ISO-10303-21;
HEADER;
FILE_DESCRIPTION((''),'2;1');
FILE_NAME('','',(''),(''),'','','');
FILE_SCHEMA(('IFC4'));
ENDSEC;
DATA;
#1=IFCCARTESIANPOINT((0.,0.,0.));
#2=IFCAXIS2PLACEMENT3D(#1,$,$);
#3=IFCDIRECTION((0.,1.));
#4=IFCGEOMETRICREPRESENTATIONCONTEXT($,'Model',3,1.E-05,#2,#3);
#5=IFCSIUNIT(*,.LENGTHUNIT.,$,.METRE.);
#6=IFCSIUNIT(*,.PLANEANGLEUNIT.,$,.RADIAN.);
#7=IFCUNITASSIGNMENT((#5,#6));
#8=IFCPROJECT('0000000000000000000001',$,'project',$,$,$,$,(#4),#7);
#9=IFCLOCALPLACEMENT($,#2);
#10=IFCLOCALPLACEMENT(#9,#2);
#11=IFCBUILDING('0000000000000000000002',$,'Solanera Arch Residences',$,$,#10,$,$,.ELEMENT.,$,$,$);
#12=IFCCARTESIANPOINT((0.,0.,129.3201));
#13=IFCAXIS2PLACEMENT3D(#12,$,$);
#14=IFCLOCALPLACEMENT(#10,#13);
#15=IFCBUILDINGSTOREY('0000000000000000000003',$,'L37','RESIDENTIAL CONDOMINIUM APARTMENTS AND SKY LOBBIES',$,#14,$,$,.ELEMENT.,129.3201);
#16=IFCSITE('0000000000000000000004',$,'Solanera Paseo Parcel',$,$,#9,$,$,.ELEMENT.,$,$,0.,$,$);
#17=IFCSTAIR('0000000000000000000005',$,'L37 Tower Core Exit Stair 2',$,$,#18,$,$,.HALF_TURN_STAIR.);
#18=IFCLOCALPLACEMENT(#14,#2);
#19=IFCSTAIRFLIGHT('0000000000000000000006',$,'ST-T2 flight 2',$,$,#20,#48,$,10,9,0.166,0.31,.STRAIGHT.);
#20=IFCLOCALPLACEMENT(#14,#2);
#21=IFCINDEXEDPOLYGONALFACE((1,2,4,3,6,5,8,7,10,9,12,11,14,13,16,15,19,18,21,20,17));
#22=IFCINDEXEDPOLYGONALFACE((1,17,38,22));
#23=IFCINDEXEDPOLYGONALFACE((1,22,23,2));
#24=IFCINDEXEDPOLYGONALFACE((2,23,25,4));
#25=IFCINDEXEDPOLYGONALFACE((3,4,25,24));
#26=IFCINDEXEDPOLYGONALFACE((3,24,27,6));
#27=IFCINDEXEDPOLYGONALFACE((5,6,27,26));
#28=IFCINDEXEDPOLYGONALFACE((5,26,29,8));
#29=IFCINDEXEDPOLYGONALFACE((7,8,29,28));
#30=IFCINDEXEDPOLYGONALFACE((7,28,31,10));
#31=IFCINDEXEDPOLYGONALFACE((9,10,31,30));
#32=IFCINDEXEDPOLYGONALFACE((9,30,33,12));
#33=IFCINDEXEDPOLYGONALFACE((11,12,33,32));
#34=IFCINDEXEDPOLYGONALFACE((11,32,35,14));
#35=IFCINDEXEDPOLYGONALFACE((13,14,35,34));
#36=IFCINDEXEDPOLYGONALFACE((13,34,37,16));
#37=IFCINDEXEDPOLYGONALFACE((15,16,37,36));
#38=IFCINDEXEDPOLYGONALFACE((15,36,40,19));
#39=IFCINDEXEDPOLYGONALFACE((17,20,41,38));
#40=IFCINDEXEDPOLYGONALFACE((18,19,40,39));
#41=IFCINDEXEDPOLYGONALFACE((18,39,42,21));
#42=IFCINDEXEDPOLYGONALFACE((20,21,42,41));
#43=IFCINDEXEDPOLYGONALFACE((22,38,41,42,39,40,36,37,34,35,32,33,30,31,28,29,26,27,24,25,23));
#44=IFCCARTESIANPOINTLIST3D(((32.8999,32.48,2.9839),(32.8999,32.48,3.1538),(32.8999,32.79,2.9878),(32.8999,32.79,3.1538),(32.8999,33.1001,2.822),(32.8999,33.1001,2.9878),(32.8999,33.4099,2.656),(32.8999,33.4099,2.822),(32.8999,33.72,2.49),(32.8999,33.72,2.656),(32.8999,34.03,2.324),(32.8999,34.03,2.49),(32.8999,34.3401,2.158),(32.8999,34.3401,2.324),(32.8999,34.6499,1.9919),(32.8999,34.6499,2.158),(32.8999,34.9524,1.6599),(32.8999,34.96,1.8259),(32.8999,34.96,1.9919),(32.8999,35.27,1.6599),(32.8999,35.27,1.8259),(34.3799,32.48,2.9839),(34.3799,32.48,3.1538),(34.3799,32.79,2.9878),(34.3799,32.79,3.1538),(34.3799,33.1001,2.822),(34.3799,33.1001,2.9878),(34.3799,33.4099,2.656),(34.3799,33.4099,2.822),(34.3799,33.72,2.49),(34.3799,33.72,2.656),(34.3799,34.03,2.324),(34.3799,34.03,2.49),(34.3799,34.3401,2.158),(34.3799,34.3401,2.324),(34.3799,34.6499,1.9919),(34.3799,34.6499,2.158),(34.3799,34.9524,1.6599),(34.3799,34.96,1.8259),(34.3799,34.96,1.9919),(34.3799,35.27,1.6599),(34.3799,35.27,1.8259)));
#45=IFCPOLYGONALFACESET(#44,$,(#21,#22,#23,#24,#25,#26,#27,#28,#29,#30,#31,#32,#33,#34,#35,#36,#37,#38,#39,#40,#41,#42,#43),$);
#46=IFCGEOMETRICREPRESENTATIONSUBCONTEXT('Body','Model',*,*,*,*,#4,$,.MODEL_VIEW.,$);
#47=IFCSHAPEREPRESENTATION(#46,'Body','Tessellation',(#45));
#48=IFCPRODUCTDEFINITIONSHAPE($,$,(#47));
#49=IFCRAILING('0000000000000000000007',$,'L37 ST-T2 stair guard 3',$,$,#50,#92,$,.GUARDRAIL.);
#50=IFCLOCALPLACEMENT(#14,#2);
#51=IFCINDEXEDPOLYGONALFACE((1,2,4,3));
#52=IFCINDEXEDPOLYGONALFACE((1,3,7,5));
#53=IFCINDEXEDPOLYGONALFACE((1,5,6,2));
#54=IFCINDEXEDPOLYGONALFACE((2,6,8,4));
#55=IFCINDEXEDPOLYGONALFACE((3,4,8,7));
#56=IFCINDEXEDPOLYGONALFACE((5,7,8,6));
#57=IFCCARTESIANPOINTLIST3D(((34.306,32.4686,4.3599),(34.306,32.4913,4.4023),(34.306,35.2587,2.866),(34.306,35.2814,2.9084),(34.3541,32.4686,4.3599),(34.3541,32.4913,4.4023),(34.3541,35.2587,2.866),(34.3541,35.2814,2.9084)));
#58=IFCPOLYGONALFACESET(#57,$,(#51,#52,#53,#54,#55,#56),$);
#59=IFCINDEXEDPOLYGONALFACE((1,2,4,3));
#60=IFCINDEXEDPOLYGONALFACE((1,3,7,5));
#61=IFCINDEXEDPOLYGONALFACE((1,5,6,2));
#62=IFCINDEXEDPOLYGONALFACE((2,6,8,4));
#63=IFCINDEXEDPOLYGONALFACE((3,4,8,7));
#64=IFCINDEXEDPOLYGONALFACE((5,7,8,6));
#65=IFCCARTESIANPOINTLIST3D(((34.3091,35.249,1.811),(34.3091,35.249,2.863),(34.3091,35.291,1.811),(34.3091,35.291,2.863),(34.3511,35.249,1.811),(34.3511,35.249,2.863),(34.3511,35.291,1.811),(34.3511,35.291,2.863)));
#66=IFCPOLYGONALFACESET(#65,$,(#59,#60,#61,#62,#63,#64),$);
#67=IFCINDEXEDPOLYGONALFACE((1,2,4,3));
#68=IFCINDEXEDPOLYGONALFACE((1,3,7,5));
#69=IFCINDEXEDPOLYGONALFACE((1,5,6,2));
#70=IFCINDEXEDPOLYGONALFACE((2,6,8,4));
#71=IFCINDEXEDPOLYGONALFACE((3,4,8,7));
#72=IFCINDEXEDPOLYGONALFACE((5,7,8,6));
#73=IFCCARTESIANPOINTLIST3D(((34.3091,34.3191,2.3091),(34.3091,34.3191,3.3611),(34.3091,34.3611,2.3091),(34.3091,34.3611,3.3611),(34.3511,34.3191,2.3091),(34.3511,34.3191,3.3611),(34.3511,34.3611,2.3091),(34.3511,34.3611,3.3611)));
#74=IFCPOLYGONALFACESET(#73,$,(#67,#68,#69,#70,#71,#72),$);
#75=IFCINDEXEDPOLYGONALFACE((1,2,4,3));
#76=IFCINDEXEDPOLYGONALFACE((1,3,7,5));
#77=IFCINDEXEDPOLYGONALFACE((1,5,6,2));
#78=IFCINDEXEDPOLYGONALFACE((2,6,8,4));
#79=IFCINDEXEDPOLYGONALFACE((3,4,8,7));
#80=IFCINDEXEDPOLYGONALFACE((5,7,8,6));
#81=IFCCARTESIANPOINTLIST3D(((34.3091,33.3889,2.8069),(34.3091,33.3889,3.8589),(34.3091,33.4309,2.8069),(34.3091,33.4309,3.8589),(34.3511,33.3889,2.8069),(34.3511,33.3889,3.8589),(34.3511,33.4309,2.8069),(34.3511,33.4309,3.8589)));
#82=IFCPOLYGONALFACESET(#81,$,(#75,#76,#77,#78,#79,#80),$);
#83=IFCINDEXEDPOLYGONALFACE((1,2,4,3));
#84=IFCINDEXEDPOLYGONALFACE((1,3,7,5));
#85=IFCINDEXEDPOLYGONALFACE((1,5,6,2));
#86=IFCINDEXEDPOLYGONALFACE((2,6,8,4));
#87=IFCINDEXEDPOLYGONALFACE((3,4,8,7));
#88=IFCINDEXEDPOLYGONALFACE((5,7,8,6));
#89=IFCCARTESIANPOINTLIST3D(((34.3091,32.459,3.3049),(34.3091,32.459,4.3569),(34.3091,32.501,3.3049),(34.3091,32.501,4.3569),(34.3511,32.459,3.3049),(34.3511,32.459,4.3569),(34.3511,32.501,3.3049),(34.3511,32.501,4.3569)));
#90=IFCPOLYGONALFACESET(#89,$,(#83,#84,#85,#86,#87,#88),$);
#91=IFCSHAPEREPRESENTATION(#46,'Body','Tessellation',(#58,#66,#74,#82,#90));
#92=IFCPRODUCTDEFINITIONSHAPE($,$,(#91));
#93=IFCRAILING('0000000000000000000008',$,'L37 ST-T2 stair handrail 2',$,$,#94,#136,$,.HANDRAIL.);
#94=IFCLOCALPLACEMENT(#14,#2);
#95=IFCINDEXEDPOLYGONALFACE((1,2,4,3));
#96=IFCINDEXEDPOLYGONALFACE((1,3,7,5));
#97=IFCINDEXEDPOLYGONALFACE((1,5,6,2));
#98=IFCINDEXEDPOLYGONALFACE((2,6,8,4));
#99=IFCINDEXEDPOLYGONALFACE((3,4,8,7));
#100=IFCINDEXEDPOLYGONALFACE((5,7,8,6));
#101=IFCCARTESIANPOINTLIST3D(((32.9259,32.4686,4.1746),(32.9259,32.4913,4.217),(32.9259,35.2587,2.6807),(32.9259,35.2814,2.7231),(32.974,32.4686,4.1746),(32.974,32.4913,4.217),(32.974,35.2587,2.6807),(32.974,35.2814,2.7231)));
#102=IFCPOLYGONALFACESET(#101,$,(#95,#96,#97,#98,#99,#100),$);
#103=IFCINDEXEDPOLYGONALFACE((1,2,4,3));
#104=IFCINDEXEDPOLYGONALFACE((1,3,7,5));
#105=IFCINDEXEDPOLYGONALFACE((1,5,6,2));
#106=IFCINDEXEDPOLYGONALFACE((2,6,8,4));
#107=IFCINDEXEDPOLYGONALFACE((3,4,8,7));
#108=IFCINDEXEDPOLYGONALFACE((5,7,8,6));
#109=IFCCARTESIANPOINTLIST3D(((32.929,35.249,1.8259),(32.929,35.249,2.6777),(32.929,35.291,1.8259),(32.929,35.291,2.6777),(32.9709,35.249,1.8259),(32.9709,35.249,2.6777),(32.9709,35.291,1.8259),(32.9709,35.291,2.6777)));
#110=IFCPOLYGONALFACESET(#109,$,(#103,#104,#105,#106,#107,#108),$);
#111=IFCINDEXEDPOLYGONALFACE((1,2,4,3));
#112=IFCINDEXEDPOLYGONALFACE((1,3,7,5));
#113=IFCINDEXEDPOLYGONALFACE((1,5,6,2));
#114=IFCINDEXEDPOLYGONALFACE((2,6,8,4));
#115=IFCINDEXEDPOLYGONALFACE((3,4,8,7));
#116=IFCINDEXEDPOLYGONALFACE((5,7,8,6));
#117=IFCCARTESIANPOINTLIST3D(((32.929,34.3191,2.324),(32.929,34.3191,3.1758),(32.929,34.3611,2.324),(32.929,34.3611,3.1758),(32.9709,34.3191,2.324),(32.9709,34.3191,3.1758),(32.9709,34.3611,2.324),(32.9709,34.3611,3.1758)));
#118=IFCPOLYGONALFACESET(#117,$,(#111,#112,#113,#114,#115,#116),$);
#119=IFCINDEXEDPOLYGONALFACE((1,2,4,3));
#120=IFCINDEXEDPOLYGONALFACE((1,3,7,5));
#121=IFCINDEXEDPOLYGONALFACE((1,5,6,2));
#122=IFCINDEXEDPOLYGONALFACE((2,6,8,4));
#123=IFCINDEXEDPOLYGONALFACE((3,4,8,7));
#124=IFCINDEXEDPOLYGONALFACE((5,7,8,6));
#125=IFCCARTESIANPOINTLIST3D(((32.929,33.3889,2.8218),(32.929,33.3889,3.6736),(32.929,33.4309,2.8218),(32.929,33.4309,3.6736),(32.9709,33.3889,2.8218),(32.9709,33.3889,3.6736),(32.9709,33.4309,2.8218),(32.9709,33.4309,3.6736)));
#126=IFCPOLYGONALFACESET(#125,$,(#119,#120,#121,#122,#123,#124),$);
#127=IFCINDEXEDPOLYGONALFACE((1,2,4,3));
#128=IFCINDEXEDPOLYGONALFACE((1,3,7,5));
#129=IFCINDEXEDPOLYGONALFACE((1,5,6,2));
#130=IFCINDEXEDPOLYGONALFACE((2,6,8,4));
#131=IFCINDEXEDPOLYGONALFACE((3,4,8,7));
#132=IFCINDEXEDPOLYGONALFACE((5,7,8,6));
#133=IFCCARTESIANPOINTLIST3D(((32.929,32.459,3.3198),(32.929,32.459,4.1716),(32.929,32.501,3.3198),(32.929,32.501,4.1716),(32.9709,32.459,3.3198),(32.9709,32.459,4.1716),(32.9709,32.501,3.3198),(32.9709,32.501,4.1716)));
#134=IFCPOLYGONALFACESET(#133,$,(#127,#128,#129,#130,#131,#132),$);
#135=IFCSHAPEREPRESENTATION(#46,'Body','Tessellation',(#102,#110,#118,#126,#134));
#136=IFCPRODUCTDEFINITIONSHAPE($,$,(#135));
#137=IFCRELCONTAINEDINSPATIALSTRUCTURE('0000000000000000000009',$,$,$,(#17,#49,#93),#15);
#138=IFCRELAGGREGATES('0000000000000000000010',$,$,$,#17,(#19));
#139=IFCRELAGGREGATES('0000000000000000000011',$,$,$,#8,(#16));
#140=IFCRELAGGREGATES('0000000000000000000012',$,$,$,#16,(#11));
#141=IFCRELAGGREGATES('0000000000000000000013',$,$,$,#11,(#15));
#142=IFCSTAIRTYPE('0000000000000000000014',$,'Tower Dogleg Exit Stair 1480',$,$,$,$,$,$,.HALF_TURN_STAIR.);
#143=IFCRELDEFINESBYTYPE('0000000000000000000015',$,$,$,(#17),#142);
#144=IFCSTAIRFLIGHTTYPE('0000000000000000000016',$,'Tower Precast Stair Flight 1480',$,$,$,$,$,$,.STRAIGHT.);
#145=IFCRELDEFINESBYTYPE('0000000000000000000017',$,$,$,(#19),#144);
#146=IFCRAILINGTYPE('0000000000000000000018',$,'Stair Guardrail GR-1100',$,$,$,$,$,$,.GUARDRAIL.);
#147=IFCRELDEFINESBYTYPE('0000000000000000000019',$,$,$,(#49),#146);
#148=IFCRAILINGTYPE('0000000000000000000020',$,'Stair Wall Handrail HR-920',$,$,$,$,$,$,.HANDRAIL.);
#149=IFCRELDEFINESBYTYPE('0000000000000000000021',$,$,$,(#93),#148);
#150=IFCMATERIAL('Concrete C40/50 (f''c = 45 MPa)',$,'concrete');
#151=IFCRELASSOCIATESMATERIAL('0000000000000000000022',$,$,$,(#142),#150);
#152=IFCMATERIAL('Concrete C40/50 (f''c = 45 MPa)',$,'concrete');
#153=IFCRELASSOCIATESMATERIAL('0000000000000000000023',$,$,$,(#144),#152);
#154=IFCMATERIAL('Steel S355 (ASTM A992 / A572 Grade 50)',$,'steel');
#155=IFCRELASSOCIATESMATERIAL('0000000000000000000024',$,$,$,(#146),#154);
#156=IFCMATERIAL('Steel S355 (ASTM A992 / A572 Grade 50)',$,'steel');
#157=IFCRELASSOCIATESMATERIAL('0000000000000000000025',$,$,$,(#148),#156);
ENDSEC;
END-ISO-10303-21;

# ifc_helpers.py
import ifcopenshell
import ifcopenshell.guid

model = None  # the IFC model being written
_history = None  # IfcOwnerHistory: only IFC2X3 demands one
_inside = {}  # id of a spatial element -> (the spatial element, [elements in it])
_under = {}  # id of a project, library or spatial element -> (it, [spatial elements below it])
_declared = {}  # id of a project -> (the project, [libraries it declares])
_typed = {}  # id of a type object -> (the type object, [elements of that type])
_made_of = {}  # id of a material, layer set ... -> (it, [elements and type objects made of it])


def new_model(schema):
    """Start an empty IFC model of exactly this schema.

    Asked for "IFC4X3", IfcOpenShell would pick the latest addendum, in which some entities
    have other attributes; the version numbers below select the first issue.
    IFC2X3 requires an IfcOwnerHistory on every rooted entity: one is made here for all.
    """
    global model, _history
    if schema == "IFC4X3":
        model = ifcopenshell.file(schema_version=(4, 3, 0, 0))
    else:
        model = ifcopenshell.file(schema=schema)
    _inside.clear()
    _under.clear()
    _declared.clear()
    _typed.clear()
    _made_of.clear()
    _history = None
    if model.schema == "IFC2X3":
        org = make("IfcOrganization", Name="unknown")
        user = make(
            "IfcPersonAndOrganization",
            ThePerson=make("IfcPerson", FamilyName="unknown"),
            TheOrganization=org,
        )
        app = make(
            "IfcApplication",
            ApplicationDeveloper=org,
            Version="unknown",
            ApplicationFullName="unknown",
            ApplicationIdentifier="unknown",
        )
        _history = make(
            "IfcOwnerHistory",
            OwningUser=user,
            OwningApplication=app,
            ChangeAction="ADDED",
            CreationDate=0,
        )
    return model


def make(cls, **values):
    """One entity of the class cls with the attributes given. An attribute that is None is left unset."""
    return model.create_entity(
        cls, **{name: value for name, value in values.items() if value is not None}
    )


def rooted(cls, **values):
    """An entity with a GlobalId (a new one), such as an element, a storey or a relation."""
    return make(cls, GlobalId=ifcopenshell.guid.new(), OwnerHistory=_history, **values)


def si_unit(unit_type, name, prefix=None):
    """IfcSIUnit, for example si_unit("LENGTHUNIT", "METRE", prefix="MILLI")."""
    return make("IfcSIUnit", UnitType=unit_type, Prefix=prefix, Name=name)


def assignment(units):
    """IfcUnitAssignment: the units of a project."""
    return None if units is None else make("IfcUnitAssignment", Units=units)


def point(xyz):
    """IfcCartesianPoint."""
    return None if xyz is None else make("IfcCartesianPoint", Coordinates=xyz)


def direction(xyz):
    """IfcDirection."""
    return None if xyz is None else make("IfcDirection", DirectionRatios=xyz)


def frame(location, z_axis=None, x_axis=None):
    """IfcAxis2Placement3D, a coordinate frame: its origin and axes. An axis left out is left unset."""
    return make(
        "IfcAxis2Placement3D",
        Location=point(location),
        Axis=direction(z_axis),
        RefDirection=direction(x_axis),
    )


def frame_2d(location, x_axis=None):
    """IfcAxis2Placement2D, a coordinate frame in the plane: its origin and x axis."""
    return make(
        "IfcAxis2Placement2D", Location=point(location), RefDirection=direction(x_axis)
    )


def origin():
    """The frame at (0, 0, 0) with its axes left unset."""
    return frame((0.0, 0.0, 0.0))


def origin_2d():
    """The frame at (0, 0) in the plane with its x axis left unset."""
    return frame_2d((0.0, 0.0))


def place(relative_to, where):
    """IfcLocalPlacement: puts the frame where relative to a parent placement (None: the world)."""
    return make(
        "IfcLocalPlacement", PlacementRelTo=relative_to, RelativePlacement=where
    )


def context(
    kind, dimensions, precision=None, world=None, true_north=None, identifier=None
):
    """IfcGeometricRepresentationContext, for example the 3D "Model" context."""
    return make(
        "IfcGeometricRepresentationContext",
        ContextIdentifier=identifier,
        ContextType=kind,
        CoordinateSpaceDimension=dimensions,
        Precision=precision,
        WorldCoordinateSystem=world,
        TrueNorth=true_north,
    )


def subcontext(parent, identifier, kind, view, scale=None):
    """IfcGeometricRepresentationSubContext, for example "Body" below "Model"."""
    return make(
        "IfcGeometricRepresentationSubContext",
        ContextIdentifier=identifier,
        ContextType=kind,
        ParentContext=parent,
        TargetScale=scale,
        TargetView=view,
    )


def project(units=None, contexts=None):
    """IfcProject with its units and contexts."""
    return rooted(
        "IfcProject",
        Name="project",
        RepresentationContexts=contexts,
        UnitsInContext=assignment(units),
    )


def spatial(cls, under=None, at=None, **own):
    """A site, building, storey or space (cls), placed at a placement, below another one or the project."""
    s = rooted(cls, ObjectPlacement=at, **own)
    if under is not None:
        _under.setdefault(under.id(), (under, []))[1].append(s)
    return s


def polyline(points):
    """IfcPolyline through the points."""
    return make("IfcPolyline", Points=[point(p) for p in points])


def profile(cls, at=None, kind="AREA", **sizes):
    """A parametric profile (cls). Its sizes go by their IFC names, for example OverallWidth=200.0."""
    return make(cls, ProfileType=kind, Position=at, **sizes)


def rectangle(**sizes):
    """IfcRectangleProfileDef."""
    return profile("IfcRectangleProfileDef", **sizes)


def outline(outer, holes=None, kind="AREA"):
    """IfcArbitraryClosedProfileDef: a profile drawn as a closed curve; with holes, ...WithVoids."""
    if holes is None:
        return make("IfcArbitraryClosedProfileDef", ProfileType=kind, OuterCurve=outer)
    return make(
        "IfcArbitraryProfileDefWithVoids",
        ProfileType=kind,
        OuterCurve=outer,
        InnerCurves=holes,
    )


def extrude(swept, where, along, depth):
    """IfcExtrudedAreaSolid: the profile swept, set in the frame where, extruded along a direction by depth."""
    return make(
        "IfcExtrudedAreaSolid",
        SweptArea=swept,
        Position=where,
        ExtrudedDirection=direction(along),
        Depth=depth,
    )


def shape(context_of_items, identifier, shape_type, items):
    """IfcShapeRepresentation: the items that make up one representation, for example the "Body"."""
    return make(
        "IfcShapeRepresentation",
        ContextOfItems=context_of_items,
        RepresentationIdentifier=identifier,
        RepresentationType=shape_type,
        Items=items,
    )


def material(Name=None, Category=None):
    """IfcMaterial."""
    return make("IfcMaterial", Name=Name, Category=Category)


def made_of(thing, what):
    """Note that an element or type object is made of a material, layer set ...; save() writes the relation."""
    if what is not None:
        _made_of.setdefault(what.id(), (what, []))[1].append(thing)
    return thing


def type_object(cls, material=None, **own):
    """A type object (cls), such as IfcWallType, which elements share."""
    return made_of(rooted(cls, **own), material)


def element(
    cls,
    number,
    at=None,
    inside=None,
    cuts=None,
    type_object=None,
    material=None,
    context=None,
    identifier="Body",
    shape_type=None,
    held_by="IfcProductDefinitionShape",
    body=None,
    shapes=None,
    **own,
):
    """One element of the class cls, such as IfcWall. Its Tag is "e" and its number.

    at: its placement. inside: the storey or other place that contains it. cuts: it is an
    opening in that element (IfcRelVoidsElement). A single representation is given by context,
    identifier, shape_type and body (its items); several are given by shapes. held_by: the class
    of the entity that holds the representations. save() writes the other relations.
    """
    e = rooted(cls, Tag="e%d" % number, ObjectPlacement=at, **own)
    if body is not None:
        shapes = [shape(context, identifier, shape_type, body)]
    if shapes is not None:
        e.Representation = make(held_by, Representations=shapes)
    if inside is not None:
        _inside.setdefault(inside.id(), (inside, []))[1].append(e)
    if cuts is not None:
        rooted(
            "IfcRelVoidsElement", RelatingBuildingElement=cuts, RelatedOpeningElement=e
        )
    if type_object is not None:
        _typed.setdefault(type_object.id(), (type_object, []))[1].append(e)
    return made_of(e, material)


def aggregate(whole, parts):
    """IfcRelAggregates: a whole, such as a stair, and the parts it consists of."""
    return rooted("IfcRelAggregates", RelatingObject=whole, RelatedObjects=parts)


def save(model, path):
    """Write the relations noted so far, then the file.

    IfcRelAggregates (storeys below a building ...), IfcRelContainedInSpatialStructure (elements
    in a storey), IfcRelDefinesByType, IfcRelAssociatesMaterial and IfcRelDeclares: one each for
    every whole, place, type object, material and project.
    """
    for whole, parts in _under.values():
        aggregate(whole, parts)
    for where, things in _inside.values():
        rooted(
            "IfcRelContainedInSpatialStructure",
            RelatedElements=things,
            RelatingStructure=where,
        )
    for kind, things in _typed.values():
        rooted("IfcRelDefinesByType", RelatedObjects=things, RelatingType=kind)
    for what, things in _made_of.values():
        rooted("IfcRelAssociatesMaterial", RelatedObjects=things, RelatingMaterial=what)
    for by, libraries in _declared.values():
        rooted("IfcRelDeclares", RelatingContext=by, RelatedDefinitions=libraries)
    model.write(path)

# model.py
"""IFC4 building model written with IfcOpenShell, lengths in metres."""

from ifc_helpers import new_model, si_unit, direction, frame, origin, origin_2d, place, context, subcontext, project, spatial, polyline, rectangle, outline, extrude, material, type_object, element, aggregate, save


model = new_model("IFC4")

# Units and contexts
model_context = context("Model", 3, precision=1e-05, world=origin(), true_north=direction((0.0, 1.0)))
body_context = subcontext(model_context, "Body", "Model", "MODEL_VIEW")
ifc_project = project(units=[si_unit("LENGTHUNIT", "METRE"), si_unit("PLANEANGLEUNIT", "RADIAN")], contexts=[model_context])

# Site, building, storey
site_placement = place(None, origin())
site = spatial("IfcSite", under=ifc_project, at=site_placement, Name="Solanera Paseo Parcel", CompositionType="ELEMENT", RefElevation=0.0)
building_placement = place(site_placement, origin())
building = spatial("IfcBuilding", under=site, at=building_placement, Name="Solanera Arch Residences", CompositionType="ELEMENT")
storey_placement = place(building_placement, frame((0.0, 0.0, 129.3201)))
storey = spatial("IfcBuildingStorey", under=building, at=storey_placement, Name="L37", Description="RESIDENTIAL CONDOMINIUM APARTMENTS AND SKY LOBBIES", CompositionType="ELEMENT", Elevation=129.3201)

# Stair, stair flight
ifc_material_1 = material(Name="Concrete C40/50 (f'c = 45 MPa)", Category="concrete")
stair_type = type_object("IfcStairType", Name="Tower Dogleg Exit Stair 1480", PredefinedType="HALF_TURN_STAIR", material=ifc_material_1)
stair_placement = place(storey_placement, origin())
stair = element("IfcStair", 1, at=stair_placement, inside=storey, type_object=stair_type, Name="L37 Tower Core Exit Stair 2", PredefinedType="HALF_TURN_STAIR")
ifc_material_2 = material(Name="Concrete C40/50 (f'c = 45 MPa)", Category="concrete")
stair_flight_type = type_object("IfcStairFlightType", Name="Tower Precast Stair Flight 1480", PredefinedType="STRAIGHT", material=ifc_material_2)
stair_flight_placement = place(storey_placement, frame((33.6399, 35.27, 1.6599), z_axis=(0.0, 0.0, 1.0), x_axis=(0.0, -1.0, 0.0)))
stair_flight = element("IfcStairFlight", 2, at=stair_flight_placement, type_object=stair_flight_type, Name="ST-T2 flight 2", NumberOfRisers=10, NumberOfTreads=9, PredefinedType="STRAIGHT", RiserHeight=0.166, TreadLength=0.31, context=body_context, shape_type="SweptSolid", body=[
    extrude(outline(polyline([(0.0, 0.0), (0.0, 0.166), (0.3101, 0.166), (0.3101, 0.332), (0.6201, 0.332), (0.6201, 0.498), (0.9299, 0.498), (0.9299, 0.6641), (1.24, 0.6641), (1.24, 0.8301), (1.55, 0.8301), (1.55, 0.9961), (1.8601, 0.9961), (1.8601, 1.1621), (2.1699, 1.1621), (2.1699, 1.3279), (2.48, 1.3279), (2.48, 1.4939), (2.79, 1.4939), (2.79, 1.6599), (2.79, 1.324), (0.3176, 0.0), (0.0, 0.0)])), frame((0.0, 0.74, 0.0), z_axis=(0.0, -1.0, 0.0), x_axis=(1.0, 0.0, 0.0)), (0.0, 0.0, 1.0), 1.48),
])
aggregate(stair, [stair_flight])

# Railings
ifc_material_3 = material(Name="Steel S355 (ASTM A992 / A572 Grade 50)", Category="steel")
railing_type_1 = type_object("IfcRailingType", Name="Stair Guardrail GR-1100", PredefinedType="GUARDRAIL", material=ifc_material_3)
railing_1_placement = place(storey_placement, frame((34.3301, 35.27, 1.811)))
element("IfcRailing", 3, at=railing_1_placement, inside=storey, type_object=railing_type_1, Name="L37 ST-T2 stair guard 3", PredefinedType="GUARDRAIL", context=body_context, shape_type="SweptSolid", body=[
    extrude(rectangle(XDim=0.0481, YDim=0.0481, at=origin_2d()), frame((0.0, 0.0, 1.0762), z_axis=(0.0, -0.881581, 0.472033), x_axis=(1.0, 0.0, 0.0)), (0.0, 0.0, 1.0), 3.1648),
    extrude(rectangle(XDim=0.042, YDim=0.042, at=origin_2d()), origin(), (0.0, 0.0, 1.0), 1.052),
    extrude(rectangle(XDim=0.042, YDim=0.042, at=origin_2d()), frame((0.0, -0.9299, 0.498)), (0.0, 0.0, 1.0), 1.052),
    extrude(rectangle(XDim=0.042, YDim=0.042, at=origin_2d()), frame((0.0, -1.8601, 0.9958)), (0.0, 0.0, 1.0), 1.052),
    extrude(rectangle(XDim=0.042, YDim=0.042, at=origin_2d()), frame((0.0, -2.79, 1.4939)), (0.0, 0.0, 1.0), 1.052),
])
ifc_material_4 = material(Name="Steel S355 (ASTM A992 / A572 Grade 50)", Category="steel")
railing_type_2 = type_object("IfcRailingType", Name="Stair Wall Handrail HR-920", PredefinedType="HANDRAIL", material=ifc_material_4)
railing_2_placement = place(storey_placement, frame((32.95, 35.27, 1.8259)))
element("IfcRailing", 4, at=railing_2_placement, inside=storey, type_object=railing_type_2, Name="L37 ST-T2 stair handrail 2", PredefinedType="HANDRAIL", context=body_context, shape_type="SweptSolid", body=[
    extrude(rectangle(XDim=0.0481, YDim=0.0481, at=origin_2d()), frame((0.0, 0.0, 0.876), z_axis=(0.0, -0.881581, 0.472033), x_axis=(1.0, 0.0, 0.0)), (0.0, 0.0, 1.0), 3.1648),
    extrude(rectangle(XDim=0.042, YDim=0.042, at=origin_2d()), origin(), (0.0, 0.0, 1.0), 0.8518),
    extrude(rectangle(XDim=0.042, YDim=0.042, at=origin_2d()), frame((0.0, -0.9299, 0.498)), (0.0, 0.0, 1.0), 0.8518),
    extrude(rectangle(XDim=0.042, YDim=0.042, at=origin_2d()), frame((0.0, -1.8601, 0.9958)), (0.0, 0.0, 1.0), 0.8518),
    extrude(rectangle(XDim=0.042, YDim=0.042, at=origin_2d()), frame((0.0, -2.79, 1.4939)), (0.0, 0.0, 1.0), 0.8518),
])

save(model, "model.ifc")
